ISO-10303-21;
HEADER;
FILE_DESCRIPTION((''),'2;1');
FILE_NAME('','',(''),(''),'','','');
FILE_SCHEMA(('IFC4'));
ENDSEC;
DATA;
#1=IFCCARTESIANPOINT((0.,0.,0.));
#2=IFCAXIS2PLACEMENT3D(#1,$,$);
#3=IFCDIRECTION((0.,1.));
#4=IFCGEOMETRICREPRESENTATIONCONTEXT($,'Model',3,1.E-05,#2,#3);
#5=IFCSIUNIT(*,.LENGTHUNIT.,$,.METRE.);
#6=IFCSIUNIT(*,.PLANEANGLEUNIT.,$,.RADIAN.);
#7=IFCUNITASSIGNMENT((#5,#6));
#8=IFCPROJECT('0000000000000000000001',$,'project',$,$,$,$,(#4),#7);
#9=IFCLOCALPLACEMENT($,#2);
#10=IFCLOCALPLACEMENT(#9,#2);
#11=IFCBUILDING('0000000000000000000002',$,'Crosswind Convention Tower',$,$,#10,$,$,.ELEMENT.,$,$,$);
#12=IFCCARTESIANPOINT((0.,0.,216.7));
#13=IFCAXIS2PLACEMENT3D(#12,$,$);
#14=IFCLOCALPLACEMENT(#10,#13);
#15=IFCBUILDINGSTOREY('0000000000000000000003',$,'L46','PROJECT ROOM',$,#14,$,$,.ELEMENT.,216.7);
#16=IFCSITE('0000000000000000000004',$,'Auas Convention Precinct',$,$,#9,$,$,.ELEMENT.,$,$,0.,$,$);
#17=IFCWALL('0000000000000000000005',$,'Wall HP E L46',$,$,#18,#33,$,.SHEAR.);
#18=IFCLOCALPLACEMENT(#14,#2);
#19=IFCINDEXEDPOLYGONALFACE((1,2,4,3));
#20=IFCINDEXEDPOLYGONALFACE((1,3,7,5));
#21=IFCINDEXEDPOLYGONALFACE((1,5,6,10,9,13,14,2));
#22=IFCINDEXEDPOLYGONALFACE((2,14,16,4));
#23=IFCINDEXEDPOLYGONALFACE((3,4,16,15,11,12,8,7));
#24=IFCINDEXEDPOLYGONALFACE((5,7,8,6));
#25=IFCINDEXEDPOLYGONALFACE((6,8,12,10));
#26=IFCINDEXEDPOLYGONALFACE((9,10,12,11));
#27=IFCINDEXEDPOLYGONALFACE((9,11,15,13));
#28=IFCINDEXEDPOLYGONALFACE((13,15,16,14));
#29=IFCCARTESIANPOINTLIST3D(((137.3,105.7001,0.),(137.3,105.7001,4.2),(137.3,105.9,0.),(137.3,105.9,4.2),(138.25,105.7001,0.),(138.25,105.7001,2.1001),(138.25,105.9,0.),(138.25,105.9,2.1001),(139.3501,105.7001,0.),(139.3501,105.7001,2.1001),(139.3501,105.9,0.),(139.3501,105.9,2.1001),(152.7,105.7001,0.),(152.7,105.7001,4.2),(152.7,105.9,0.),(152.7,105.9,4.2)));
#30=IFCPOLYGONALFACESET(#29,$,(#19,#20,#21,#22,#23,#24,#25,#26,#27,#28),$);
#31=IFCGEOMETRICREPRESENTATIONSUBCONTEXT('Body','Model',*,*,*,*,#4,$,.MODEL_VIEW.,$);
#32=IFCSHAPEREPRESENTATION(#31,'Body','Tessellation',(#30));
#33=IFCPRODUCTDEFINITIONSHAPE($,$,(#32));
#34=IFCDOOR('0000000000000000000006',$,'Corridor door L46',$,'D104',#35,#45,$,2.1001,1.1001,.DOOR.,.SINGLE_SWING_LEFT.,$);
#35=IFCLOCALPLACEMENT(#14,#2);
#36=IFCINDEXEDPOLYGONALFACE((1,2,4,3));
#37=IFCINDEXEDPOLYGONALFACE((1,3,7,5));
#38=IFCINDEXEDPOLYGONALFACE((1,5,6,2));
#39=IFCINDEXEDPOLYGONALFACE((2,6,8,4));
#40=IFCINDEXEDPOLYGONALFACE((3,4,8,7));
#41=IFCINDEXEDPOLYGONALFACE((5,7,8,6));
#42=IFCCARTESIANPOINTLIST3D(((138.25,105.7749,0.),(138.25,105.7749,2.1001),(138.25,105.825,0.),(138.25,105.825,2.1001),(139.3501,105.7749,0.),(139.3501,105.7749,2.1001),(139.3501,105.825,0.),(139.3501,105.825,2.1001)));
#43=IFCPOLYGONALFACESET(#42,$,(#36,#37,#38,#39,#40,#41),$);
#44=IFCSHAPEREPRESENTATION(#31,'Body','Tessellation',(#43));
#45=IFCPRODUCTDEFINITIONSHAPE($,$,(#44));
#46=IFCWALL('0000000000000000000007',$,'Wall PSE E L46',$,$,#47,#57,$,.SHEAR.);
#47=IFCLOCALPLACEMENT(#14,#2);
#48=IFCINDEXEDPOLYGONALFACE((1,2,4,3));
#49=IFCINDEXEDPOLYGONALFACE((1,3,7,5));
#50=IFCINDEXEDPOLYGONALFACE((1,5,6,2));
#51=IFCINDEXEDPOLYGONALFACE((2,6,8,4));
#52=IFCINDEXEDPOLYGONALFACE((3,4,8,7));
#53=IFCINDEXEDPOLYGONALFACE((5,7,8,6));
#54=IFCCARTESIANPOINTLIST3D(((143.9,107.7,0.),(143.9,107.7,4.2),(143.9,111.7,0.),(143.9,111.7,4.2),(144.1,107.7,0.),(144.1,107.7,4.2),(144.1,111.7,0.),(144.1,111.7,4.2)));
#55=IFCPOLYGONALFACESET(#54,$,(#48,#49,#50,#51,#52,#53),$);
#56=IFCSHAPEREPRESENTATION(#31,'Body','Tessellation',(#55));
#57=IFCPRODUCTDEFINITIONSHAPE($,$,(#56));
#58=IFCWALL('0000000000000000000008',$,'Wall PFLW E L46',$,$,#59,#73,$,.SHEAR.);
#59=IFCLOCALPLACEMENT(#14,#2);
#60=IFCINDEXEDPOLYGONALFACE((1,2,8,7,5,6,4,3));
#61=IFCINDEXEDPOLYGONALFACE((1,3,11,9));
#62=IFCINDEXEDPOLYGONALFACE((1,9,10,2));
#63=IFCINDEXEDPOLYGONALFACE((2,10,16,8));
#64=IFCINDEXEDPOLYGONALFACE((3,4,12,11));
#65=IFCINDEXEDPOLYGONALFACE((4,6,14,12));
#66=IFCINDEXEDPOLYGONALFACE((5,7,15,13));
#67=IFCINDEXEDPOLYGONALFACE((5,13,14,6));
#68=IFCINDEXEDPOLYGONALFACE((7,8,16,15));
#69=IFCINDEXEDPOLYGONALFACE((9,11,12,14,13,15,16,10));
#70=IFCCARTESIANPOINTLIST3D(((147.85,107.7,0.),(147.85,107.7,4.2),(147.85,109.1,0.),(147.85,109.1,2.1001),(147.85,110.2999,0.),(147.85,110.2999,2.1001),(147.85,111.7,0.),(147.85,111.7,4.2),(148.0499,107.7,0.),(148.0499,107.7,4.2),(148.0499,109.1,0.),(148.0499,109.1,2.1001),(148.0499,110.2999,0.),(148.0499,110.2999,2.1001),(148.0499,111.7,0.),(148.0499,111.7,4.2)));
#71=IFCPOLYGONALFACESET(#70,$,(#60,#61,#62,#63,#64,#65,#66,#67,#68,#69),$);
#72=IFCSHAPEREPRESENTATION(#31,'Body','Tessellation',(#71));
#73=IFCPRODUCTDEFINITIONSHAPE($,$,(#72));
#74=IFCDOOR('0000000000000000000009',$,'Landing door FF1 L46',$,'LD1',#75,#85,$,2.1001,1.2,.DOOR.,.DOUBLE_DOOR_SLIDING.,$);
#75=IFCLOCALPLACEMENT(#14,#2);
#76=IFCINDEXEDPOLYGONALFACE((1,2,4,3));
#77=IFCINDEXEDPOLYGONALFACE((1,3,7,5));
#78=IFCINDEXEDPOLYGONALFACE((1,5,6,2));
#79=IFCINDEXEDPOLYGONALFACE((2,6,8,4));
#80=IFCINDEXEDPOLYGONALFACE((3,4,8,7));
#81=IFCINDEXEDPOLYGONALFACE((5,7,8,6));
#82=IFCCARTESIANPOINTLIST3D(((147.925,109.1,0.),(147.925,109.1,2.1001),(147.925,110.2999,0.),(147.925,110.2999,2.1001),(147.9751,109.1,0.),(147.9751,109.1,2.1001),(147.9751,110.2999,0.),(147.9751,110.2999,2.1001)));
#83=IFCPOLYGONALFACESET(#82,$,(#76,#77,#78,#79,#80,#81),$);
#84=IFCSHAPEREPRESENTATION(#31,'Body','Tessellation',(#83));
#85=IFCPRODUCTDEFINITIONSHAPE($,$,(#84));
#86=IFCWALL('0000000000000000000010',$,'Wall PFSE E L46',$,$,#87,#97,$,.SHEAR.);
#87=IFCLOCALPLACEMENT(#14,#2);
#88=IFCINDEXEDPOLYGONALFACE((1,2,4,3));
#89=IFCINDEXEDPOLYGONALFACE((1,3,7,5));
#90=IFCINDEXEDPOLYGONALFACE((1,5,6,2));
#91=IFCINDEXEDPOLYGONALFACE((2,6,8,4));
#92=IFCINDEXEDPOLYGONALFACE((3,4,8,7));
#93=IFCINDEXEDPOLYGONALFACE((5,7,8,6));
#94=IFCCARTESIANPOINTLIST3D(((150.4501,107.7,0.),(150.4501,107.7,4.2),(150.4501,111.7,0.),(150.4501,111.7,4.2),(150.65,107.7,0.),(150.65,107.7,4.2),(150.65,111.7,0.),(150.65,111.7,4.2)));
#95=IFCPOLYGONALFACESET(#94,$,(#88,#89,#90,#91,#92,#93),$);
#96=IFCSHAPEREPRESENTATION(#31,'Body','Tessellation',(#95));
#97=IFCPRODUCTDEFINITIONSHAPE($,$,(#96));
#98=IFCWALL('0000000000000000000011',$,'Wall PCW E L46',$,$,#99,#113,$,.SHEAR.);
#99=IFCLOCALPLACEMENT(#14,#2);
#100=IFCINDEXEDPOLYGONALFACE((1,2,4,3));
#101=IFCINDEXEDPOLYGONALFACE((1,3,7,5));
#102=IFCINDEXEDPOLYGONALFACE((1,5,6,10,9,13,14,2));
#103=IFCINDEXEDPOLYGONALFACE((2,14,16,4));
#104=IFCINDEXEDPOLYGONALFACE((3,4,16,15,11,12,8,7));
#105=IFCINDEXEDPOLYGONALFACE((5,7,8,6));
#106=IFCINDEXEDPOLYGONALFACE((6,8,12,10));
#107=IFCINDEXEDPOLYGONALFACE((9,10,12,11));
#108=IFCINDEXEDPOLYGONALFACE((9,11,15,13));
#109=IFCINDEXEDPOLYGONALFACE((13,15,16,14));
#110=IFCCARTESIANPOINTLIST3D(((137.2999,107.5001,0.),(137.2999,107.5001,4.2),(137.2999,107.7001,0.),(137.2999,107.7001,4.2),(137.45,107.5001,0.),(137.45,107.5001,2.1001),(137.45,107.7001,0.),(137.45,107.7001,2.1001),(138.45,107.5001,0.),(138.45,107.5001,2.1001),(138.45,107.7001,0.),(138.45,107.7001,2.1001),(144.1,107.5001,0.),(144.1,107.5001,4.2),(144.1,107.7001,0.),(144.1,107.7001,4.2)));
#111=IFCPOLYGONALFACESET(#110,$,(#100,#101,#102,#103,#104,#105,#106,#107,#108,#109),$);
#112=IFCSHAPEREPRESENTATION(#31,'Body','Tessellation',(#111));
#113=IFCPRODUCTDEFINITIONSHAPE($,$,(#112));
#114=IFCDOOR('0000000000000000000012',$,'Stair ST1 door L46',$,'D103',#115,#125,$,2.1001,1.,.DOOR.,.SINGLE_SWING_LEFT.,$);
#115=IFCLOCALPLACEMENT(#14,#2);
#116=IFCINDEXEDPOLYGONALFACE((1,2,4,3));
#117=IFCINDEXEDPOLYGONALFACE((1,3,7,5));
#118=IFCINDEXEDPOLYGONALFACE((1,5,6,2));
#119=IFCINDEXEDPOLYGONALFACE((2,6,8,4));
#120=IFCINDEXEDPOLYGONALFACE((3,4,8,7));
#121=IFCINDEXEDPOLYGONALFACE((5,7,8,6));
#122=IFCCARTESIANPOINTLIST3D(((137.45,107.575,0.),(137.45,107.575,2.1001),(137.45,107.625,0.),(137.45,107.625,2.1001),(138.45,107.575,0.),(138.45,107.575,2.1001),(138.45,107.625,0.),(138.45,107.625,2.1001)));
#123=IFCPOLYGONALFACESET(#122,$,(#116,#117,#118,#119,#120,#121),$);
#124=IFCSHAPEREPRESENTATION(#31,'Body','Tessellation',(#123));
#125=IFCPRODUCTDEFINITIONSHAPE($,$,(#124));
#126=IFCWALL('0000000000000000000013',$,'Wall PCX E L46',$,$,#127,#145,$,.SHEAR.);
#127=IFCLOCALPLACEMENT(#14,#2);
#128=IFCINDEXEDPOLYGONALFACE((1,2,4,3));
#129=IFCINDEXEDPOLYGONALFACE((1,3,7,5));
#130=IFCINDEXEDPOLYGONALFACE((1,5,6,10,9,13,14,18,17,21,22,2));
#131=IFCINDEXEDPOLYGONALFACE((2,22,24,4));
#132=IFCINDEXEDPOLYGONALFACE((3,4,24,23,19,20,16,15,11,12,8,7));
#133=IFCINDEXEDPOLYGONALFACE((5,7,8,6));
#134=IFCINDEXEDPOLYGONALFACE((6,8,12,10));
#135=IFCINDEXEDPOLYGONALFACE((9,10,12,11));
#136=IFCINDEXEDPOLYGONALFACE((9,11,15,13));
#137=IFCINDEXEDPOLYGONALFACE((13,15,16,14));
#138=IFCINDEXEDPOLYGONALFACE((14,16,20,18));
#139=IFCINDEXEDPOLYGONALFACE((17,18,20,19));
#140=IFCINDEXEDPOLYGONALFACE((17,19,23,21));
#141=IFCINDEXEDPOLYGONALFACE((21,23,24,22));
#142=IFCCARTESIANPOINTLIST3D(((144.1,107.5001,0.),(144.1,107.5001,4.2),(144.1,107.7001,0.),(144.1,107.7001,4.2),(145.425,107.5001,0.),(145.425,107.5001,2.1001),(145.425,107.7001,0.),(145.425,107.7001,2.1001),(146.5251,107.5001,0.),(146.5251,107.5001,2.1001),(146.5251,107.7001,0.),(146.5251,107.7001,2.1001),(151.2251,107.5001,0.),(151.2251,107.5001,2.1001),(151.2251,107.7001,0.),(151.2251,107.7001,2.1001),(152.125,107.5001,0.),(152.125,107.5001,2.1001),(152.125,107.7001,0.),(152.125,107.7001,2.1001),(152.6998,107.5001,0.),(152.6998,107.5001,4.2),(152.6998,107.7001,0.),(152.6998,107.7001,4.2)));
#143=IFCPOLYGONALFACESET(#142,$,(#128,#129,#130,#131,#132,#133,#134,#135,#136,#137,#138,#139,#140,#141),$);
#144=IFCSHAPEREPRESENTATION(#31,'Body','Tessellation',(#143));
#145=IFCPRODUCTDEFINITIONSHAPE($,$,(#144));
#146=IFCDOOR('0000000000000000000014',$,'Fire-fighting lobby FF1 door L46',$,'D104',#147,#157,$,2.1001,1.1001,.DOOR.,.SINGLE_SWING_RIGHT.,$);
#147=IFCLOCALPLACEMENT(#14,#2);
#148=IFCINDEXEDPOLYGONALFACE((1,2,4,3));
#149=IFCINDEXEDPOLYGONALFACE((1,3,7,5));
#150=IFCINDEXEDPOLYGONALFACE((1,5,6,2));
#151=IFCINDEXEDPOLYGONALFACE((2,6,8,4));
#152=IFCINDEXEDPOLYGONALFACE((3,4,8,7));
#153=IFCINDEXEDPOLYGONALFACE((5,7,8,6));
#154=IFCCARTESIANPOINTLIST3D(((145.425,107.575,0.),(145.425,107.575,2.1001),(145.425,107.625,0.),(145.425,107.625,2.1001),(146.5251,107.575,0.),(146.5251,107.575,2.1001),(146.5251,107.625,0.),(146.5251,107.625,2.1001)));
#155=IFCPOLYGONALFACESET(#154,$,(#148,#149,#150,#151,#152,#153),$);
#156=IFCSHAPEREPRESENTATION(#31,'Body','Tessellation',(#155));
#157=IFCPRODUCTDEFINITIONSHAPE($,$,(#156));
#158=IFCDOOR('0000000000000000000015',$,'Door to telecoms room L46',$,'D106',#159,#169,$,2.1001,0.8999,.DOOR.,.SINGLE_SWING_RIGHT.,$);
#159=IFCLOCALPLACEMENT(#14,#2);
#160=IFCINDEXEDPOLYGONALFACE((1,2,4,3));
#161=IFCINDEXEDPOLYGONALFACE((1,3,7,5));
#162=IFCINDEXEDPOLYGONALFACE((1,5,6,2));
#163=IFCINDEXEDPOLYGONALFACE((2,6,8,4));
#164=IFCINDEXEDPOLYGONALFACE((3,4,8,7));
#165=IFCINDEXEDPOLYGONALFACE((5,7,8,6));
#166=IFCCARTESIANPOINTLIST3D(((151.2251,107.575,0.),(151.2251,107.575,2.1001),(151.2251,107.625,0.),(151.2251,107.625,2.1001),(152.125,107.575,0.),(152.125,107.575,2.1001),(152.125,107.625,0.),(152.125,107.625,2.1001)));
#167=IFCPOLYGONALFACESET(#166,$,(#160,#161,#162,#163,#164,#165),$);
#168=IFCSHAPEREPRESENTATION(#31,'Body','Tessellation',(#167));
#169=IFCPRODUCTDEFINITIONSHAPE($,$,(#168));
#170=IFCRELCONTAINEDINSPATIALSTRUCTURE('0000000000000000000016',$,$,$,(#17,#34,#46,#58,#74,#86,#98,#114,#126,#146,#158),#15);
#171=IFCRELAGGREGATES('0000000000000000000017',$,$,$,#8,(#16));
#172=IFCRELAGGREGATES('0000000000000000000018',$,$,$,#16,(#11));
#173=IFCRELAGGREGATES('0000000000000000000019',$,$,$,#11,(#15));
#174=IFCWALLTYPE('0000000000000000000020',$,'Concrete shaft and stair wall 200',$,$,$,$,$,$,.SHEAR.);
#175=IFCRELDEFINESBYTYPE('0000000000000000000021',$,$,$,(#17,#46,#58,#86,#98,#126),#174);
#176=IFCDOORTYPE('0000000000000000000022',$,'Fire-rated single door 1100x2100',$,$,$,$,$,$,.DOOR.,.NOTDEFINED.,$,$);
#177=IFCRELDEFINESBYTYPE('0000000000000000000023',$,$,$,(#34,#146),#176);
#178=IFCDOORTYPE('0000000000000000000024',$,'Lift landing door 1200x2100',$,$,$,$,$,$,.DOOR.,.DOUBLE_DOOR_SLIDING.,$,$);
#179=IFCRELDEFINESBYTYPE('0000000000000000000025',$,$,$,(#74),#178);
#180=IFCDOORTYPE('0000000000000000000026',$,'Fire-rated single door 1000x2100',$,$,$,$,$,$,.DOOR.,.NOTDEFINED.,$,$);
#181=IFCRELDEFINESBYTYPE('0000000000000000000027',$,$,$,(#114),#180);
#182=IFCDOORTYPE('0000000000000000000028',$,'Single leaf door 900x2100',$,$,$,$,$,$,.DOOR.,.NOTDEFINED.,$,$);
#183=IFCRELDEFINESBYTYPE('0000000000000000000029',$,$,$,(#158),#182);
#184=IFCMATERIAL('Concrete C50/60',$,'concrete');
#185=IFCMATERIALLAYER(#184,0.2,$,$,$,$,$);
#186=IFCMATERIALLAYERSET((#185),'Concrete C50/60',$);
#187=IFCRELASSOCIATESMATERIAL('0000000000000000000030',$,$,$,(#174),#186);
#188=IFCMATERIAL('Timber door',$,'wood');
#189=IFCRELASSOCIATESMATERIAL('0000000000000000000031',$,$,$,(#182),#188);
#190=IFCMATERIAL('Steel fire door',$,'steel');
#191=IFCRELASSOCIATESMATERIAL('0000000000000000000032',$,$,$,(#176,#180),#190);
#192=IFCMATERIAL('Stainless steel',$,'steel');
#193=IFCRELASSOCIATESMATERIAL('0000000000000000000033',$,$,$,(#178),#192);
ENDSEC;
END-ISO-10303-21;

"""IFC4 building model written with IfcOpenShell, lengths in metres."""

from ifc_helpers import new_model, si_unit, direction, frame, frame_2d, origin, place, context, subcontext, project, spatial, rectangle, extrude, material, layer, layer_set, type_object, element, fill, save


model = new_model("IFC4")

# Units and contexts
model_context = context("Model", 3, precision=1e-05, world=origin(), true_north=direction((0.0, 1.0)))
body_context = subcontext(model_context, "Body", "Model", "MODEL_VIEW")
ifc_project = project(units=[si_unit("LENGTHUNIT", "METRE"), si_unit("PLANEANGLEUNIT", "RADIAN")], contexts=[model_context])

# Site, building, storey
site_placement = place(None, origin())
site = spatial("IfcSite", under=ifc_project, at=site_placement, Name="Auas Convention Precinct", CompositionType="ELEMENT", RefElevation=0.0)
building_placement = place(site_placement, origin())
building = spatial("IfcBuilding", under=site, at=building_placement, Name="Crosswind Convention Tower", CompositionType="ELEMENT")
storey_placement = place(building_placement, frame((0.0, 0.0, 216.7)))
storey = spatial("IfcBuildingStorey", under=building, at=storey_placement, Name="L46", Description="PROJECT ROOM", CompositionType="ELEMENT", Elevation=216.7)

# Shared definitions
ifc_material_1 = material(Name="Concrete C50/60", Category="concrete")
ifc_layer_1 = layer(ifc_material_1, 0.2)
ifc_layer_set_1 = layer_set([ifc_layer_1], Name="Concrete C50/60")
wall_type_1 = type_object("IfcWallType", Name="Concrete shaft and stair wall 200", PredefinedType="SHEAR", material=ifc_layer_set_1)

# Shared definitions
ifc_material_2 = material(Name="Timber door", Category="wood")
door_type_1 = type_object("IfcDoorType", Name="Single leaf door 900x2100", OperationType="NOTDEFINED", PredefinedType="DOOR", material=ifc_material_2)

# Wall, opening, door
wall_1_placement = place(storey_placement, frame((137.3, 105.8, 0.0), z_axis=(0.0, 0.0, 1.0), x_axis=(1.0, 0.0, 0.0)))
wall_1 = element("IfcWall", 1, at=wall_1_placement, inside=storey, type_object=wall_type_1, Name="Wall HP E L46", PredefinedType="SHEAR", context=body_context, shape_type="SweptSolid", body=[
    extrude(rectangle(XDim=15.3999, YDim=0.2, at=frame_2d((7.7, 0.0))), origin(), (0.0, 0.0, 1.0), 4.2),
])
opening_1_placement = place(wall_1_placement, frame((0.95, 0.0, 0.0)))
opening_1 = element("IfcOpeningElement", 2, at=opening_1_placement, cuts=wall_1, PredefinedType="OPENING", context=body_context, shape_type="SweptSolid", body=[
    extrude(rectangle(XDim=1.1001, YDim=2.1001, at=frame_2d((0.55, 1.05))), frame((0.0, 0.1099, 0.0), z_axis=(0.0, -1.0, 0.0), x_axis=(1.0, 0.0, 0.0)), (0.0, 0.0, 1.0), 0.22),
])
ifc_material_3 = material(Name="Steel fire door", Category="steel")
door_type_2 = type_object("IfcDoorType", Name="Fire-rated single door 1100x2100", OperationType="NOTDEFINED", PredefinedType="DOOR", material=ifc_material_3)
door_1_placement = place(opening_1_placement, origin())
door_1 = element("IfcDoor", 3, at=door_1_placement, inside=storey, type_object=door_type_2, Name="Corridor door L46", ObjectType="D104", OperationType="SINGLE_SWING_LEFT", OverallHeight=2.1001, OverallWidth=1.1001, PredefinedType="DOOR", context=body_context, shape_type="SweptSolid", body=[
    extrude(rectangle(XDim=1.1001, YDim=2.1001, at=frame_2d((0.55, 1.05))), frame((0.0, 0.0249, 0.0), z_axis=(0.0, -1.0, 0.0), x_axis=(1.0, 0.0, 0.0)), (0.0, 0.0, 1.0), 0.05),
])
fill(opening_1, door_1)

# Wall
wall_2_placement = place(storey_placement, frame((144.0, 107.7, 0.0), z_axis=(0.0, 0.0, 1.0), x_axis=(0.0, 1.0, 0.0)))
element("IfcWall", 4, at=wall_2_placement, inside=storey, type_object=wall_type_1, Name="Wall PSE E L46", PredefinedType="SHEAR", context=body_context, shape_type="SweptSolid", body=[
    extrude(rectangle(XDim=4.0, YDim=0.2, at=frame_2d((2.0, 0.0))), origin(), (0.0, 0.0, 1.0), 4.2),
])

# Wall, opening, door
wall_3_placement = place(storey_placement, frame((147.95, 107.7, 0.0), z_axis=(0.0, 0.0, 1.0), x_axis=(0.0, 1.0, 0.0)))
wall_3 = element("IfcWall", 5, at=wall_3_placement, inside=storey, type_object=wall_type_1, Name="Wall PFLW E L46", PredefinedType="SHEAR", context=body_context, shape_type="SweptSolid", body=[
    extrude(rectangle(XDim=4.0, YDim=0.2, at=frame_2d((2.0, 0.0))), origin(), (0.0, 0.0, 1.0), 4.2),
])
opening_2_placement = place(wall_3_placement, frame((1.3999, 0.0, 0.0)))
opening_2 = element("IfcOpeningElement", 6, at=opening_2_placement, cuts=wall_3, PredefinedType="OPENING", context=body_context, shape_type="SweptSolid", body=[
    extrude(rectangle(XDim=1.2, YDim=2.1001, at=frame_2d((0.6001, 1.05))), frame((0.0, 0.1099, 0.0), z_axis=(0.0, -1.0, 0.0), x_axis=(1.0, 0.0, 0.0)), (0.0, 0.0, 1.0), 0.22),
])
ifc_material_4 = material(Name="Stainless steel", Category="steel")
door_type_3 = type_object("IfcDoorType", Name="Lift landing door 1200x2100", OperationType="DOUBLE_DOOR_SLIDING", PredefinedType="DOOR", material=ifc_material_4)
door_2_placement = place(opening_2_placement, origin())
door_2 = element("IfcDoor", 7, at=door_2_placement, inside=storey, type_object=door_type_3, Name="Landing door FF1 L46", ObjectType="LD1", OperationType="DOUBLE_DOOR_SLIDING", OverallHeight=2.1001, OverallWidth=1.2, PredefinedType="DOOR", context=body_context, shape_type="SweptSolid", body=[
    extrude(rectangle(XDim=1.2, YDim=2.1001, at=frame_2d((0.6001, 1.05))), frame((0.0, 0.0249, 0.0), z_axis=(0.0, -1.0, 0.0), x_axis=(1.0, 0.0, 0.0)), (0.0, 0.0, 1.0), 0.05),
])
fill(opening_2, door_2)

# Wall
wall_4_placement = place(storey_placement, frame((150.55, 107.7, 0.0), z_axis=(0.0, 0.0, 1.0), x_axis=(0.0, 1.0, 0.0)))
element("IfcWall", 8, at=wall_4_placement, inside=storey, type_object=wall_type_1, Name="Wall PFSE E L46", PredefinedType="SHEAR", context=body_context, shape_type="SweptSolid", body=[
    extrude(rectangle(XDim=4.0, YDim=0.2, at=frame_2d((2.0, 0.0))), origin(), (0.0, 0.0, 1.0), 4.2),
])

# Wall, opening, door
wall_5_placement = place(storey_placement, frame((137.3, 107.6001, 0.0), z_axis=(0.0, 0.0, 1.0), x_axis=(1.0, 0.0, 0.0)))
wall_5 = element("IfcWall", 9, at=wall_5_placement, inside=storey, type_object=wall_type_1, Name="Wall PCW E L46", PredefinedType="SHEAR", context=body_context, shape_type="SweptSolid", body=[
    extrude(rectangle(XDim=6.8, YDim=0.2, at=frame_2d((3.3999, 0.0))), origin(), (0.0, 0.0, 1.0), 4.2),
])
opening_3_placement = place(wall_5_placement, frame((0.1499, 0.0, 0.0)))
opening_3 = element("IfcOpeningElement", 10, at=opening_3_placement, cuts=wall_5, PredefinedType="OPENING", context=body_context, shape_type="SweptSolid", body=[
    extrude(rectangle(XDim=1.0, YDim=2.1001, at=frame_2d((0.5, 1.05))), frame((0.0, 0.1099, 0.0), z_axis=(0.0, -1.0, 0.0), x_axis=(1.0, 0.0, 0.0)), (0.0, 0.0, 1.0), 0.22),
])
door_type_4 = type_object("IfcDoorType", Name="Fire-rated single door 1000x2100", OperationType="NOTDEFINED", PredefinedType="DOOR", material=ifc_material_3)
door_3_placement = place(opening_3_placement, origin())
door_3 = element("IfcDoor", 11, at=door_3_placement, inside=storey, type_object=door_type_4, Name="Stair ST1 door L46", ObjectType="D103", OperationType="SINGLE_SWING_LEFT", OverallHeight=2.1001, OverallWidth=1.0, PredefinedType="DOOR", context=body_context, shape_type="SweptSolid", body=[
    extrude(rectangle(XDim=1.0, YDim=2.1001, at=frame_2d((0.5, 1.05))), frame((0.0, 0.0249, 0.0), z_axis=(0.0, -1.0, 0.0), x_axis=(1.0, 0.0, 0.0)), (0.0, 0.0, 1.0), 0.05),
])
fill(opening_3, door_3)

# Wall, openings, doors
wall_6_placement = place(storey_placement, frame((144.1001, 107.6001, 0.0), z_axis=(0.0, 0.0, 1.0), x_axis=(1.0, 0.0, 0.0)))
wall_6 = element("IfcWall", 12, at=wall_6_placement, inside=storey, type_object=wall_type_1, Name="Wall PCX E L46", PredefinedType="SHEAR", context=body_context, shape_type="SweptSolid", body=[
    extrude(rectangle(XDim=8.5999, YDim=0.2, at=frame_2d((4.2998, 0.0))), origin(), (0.0, 0.0, 1.0), 4.2),
])
opening_4_placement = place(wall_6_placement, frame((1.325, 0.0, 0.0)))
opening_4 = element("IfcOpeningElement", 13, at=opening_4_placement, cuts=wall_6, PredefinedType="OPENING", context=body_context, shape_type="SweptSolid", body=[
    extrude(rectangle(XDim=1.1001, YDim=2.1001, at=frame_2d((0.55, 1.05))), frame((0.0, 0.1099, 0.0), z_axis=(0.0, -1.0, 0.0), x_axis=(1.0, 0.0, 0.0)), (0.0, 0.0, 1.0), 0.22),
])
opening_5_placement = place(wall_6_placement, frame((7.125, 0.0, 0.0)))
opening_5 = element("IfcOpeningElement", 14, at=opening_5_placement, cuts=wall_6, PredefinedType="OPENING", context=body_context, shape_type="SweptSolid", body=[
    extrude(rectangle(XDim=0.8999, YDim=2.1001, at=frame_2d((0.45, 1.05))), frame((0.0, 0.1099, 0.0), z_axis=(0.0, -1.0, 0.0), x_axis=(1.0, 0.0, 0.0)), (0.0, 0.0, 1.0), 0.22),
])
door_4_placement = place(opening_4_placement, origin())
door_4 = element("IfcDoor", 15, at=door_4_placement, inside=storey, type_object=door_type_2, Name="Fire-fighting lobby FF1 door L46", ObjectType="D104", OperationType="SINGLE_SWING_RIGHT", OverallHeight=2.1001, OverallWidth=1.1001, PredefinedType="DOOR", context=body_context, shape_type="SweptSolid", body=[
    extrude(rectangle(XDim=1.1001, YDim=2.1001, at=frame_2d((0.55, 1.05))), frame((0.0, 0.0249, 0.0), z_axis=(0.0, -1.0, 0.0), x_axis=(1.0, 0.0, 0.0)), (0.0, 0.0, 1.0), 0.05),
])
fill(opening_4, door_4)
door_5_placement = place(opening_5_placement, origin())
door_5 = element("IfcDoor", 16, at=door_5_placement, inside=storey, type_object=door_type_1, Name="Door to telecoms room L46", ObjectType="D106", OperationType="SINGLE_SWING_RIGHT", OverallHeight=2.1001, OverallWidth=0.8999, PredefinedType="DOOR", context=body_context, shape_type="SweptSolid", body=[
    extrude(rectangle(XDim=0.8999, YDim=2.1001, at=frame_2d((0.45, 1.05))), frame((0.0, 0.0249, 0.0), z_axis=(0.0, -1.0, 0.0), x_axis=(1.0, 0.0, 0.0)), (0.0, 0.0, 1.0), 0.05),
])
fill(opening_5, door_5)

save(model, "model.ifc")
